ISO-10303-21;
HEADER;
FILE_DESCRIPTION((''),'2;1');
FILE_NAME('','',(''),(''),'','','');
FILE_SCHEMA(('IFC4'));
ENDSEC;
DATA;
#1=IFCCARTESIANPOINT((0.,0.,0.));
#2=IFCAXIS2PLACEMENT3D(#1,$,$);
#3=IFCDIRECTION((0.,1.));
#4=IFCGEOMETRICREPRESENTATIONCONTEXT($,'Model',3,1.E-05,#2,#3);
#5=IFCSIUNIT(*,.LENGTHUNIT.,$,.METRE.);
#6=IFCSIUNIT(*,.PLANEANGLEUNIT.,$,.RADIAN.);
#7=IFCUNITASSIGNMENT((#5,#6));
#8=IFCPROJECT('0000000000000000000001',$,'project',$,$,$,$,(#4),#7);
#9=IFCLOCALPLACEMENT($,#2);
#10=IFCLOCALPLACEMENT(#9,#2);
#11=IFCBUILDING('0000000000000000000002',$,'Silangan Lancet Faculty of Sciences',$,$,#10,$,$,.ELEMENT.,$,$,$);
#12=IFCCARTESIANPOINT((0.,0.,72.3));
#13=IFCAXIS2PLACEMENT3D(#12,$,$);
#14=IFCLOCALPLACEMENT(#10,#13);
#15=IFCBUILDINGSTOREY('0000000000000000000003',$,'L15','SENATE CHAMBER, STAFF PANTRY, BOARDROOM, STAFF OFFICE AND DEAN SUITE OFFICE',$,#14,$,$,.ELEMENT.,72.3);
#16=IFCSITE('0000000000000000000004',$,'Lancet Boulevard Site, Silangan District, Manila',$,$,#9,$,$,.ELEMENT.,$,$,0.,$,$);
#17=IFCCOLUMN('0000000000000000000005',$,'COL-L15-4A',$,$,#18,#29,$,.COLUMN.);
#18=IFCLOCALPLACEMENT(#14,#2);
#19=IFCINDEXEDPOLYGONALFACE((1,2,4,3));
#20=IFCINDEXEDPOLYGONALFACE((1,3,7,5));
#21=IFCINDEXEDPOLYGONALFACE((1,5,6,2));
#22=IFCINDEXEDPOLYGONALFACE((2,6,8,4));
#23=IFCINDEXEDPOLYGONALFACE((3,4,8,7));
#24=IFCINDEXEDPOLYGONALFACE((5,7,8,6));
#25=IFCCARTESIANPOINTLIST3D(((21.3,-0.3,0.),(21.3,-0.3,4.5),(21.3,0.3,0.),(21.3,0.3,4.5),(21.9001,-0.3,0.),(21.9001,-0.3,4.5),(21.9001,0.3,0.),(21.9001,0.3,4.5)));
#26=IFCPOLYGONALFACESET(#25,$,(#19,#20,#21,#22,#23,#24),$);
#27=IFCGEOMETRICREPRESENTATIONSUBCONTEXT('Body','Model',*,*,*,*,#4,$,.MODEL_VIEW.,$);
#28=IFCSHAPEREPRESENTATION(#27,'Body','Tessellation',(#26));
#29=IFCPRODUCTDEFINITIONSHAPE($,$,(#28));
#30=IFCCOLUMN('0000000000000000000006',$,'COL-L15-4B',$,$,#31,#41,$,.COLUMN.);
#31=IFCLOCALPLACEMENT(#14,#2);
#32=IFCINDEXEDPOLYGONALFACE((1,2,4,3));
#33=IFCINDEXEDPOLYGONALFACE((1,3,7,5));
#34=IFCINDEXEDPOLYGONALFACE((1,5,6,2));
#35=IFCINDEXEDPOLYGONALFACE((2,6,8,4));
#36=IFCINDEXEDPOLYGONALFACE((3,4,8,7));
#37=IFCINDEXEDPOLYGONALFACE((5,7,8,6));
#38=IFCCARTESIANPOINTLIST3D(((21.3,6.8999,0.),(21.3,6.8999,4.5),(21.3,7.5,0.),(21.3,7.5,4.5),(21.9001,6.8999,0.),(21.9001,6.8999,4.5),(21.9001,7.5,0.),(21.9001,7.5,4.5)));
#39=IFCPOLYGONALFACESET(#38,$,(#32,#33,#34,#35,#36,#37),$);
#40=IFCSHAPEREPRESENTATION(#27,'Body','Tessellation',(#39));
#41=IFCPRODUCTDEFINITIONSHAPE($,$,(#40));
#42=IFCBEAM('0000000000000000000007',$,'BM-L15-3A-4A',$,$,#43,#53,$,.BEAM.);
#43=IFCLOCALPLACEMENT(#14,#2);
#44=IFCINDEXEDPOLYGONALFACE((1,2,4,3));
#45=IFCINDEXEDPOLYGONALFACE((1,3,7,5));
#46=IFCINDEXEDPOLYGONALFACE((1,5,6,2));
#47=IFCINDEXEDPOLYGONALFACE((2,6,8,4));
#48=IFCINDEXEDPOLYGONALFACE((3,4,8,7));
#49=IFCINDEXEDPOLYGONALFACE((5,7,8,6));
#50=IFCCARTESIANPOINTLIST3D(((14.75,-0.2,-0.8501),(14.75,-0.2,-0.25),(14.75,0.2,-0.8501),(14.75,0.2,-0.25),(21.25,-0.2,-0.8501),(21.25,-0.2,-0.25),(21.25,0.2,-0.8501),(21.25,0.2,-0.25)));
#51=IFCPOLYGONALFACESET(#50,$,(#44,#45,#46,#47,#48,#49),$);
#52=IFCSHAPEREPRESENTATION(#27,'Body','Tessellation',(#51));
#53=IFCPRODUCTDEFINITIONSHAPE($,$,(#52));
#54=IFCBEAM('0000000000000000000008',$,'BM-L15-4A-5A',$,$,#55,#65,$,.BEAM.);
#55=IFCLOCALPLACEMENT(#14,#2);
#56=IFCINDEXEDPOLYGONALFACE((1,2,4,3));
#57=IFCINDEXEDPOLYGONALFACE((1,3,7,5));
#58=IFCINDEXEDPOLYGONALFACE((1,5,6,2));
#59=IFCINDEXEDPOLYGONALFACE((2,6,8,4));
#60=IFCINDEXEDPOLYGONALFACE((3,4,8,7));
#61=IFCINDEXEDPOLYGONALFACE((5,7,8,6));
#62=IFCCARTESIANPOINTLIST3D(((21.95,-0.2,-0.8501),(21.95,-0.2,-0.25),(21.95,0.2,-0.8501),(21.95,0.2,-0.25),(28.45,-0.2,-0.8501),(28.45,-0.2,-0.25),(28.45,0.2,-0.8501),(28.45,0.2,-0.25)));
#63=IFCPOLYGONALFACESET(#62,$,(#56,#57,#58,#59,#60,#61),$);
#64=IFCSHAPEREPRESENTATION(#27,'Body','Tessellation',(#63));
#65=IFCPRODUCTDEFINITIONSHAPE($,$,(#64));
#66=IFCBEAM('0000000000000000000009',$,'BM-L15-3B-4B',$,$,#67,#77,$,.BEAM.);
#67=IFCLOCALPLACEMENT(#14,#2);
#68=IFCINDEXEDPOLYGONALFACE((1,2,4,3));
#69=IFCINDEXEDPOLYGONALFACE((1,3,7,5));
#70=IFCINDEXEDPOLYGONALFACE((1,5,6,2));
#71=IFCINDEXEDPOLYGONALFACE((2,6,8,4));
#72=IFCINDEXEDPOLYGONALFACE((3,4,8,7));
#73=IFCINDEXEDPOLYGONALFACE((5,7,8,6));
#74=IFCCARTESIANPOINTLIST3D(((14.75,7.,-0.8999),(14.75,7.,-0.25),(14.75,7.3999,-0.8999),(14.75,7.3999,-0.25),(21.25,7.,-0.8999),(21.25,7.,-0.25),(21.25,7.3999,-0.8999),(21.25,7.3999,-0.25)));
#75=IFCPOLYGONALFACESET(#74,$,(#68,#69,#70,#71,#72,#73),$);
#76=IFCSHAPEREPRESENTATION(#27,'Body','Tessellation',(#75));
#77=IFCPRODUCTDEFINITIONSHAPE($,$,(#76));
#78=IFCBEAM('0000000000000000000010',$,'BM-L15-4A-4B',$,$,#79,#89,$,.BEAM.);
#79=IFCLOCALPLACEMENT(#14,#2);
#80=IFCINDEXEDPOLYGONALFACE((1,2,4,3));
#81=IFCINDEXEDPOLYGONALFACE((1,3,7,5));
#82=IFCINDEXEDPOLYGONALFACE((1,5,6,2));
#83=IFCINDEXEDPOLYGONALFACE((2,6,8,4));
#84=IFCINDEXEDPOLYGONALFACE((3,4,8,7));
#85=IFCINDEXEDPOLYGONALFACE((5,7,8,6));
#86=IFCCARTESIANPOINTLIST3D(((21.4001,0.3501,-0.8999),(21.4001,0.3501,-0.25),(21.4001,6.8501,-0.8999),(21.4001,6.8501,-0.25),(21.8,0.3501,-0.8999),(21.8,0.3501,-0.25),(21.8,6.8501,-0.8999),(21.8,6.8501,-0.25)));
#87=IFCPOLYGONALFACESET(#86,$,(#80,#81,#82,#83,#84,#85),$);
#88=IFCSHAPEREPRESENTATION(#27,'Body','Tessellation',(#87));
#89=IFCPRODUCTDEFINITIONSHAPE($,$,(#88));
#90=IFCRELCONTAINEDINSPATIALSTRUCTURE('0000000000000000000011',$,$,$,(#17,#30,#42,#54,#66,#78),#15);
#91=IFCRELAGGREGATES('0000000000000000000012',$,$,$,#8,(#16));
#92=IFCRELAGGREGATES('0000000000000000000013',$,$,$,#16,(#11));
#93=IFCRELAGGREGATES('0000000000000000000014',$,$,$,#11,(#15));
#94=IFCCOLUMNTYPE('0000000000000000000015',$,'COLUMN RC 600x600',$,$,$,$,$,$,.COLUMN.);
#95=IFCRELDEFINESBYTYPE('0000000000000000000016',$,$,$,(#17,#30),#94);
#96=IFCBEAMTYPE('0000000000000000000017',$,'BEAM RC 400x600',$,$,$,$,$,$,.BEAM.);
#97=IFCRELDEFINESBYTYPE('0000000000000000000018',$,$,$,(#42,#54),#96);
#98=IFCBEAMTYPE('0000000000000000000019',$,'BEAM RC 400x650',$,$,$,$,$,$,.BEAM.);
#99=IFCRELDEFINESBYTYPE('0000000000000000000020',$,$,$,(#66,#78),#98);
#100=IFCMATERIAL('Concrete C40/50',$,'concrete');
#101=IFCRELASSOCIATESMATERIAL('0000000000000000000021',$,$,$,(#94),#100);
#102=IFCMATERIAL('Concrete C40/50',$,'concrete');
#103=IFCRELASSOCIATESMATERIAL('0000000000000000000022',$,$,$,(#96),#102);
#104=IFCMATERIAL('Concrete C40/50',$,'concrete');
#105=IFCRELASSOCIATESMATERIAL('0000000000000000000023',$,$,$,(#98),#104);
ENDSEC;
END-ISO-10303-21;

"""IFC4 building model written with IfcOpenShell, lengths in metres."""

from ifc_helpers import new_model, si_unit, direction, frame, origin, origin_2d, place, context, subcontext, project, spatial, rectangle, extrude, material, material_profile, profile_set, type_object, element, save


model = new_model("IFC4")

# Units and contexts
model_context = context("Model", 3, precision=1e-05, world=origin(), true_north=direction((0.0, 1.0)))
body_context = subcontext(model_context, "Body", "Model", "MODEL_VIEW")
ifc_project = project(units=[si_unit("LENGTHUNIT", "METRE"), si_unit("PLANEANGLEUNIT", "RADIAN")], contexts=[model_context])

# Site, building, storey
site_placement = place(None, origin())
site = spatial("IfcSite", under=ifc_project, at=site_placement, Name="Lancet Boulevard Site, Silangan District, Manila", CompositionType="ELEMENT", RefElevation=0.0)
building_placement = place(site_placement, origin())
building = spatial("IfcBuilding", under=site, at=building_placement, Name="Silangan Lancet Faculty of Sciences", CompositionType="ELEMENT")
storey_placement = place(building_placement, frame((0.0, 0.0, 72.3)))
storey = spatial("IfcBuildingStorey", under=building, at=storey_placement, Name="L15", Description="SENATE CHAMBER, STAFF PANTRY, BOARDROOM, STAFF OFFICE AND DEAN SUITE OFFICE", CompositionType="ELEMENT", Elevation=72.3)

# Columns
ifc_material_1 = material(Name="Concrete C40/50", Category="concrete")
ifc_material_profile_1 = material_profile(ifc_material_1, rectangle(XDim=0.6001, YDim=0.6001, at=origin_2d()), Name="RC 600x600")
ifc_profile_set_1 = profile_set([ifc_material_profile_1], Name="Concrete C40/50")
column_type = type_object("IfcColumnType", Name="COLUMN RC 600x600", PredefinedType="COLUMN", material=ifc_profile_set_1)
for number, where, z_axis, x_axis, name in (
    (1, (21.6001, 0.0, 0.0), (0.0, 0.0, 1.0), (1.0, 0.0, 0.0), "COL-L15-4A"),
    (2, (21.6001, 7.2, 0.0), (0.0, 0.0, 1.0), (1.0, 0.0, 0.0), "COL-L15-4B"),
):
    element("IfcColumn", number, at=place(storey_placement, frame(where, z_axis=z_axis, x_axis=x_axis)), inside=storey, type_object=column_type, Name=name, PredefinedType="COLUMN", context=body_context, shape_type="SweptSolid", body=[
        extrude(rectangle(XDim=0.6001, YDim=0.6001, at=origin_2d()), origin(), (0.0, 0.0, 1.0), 4.5),
    ])

# Beams
ifc_material_2 = material(Name="Concrete C40/50", Category="concrete")
ifc_material_profile_2 = material_profile(ifc_material_2, rectangle(XDim=0.3999, YDim=0.6001, at=origin_2d()), Name="RC 400x600")
ifc_profile_set_2 = profile_set([ifc_material_profile_2], Name="Concrete C40/50")
beam_type_1 = type_object("IfcBeamType", Name="BEAM RC 400x600", PredefinedType="BEAM", material=ifc_profile_set_2)
for number, where, z_axis, x_axis, name in (
    (3, (14.75, 0.0, -0.55), (1.0, 0.0, 0.0), (0.0, 1.0, 0.0), "BM-L15-3A-4A"),
    (4, (21.95, 0.0, -0.55), (1.0, 0.0, 0.0), (0.0, 1.0, 0.0), "BM-L15-4A-5A"),
):
    element("IfcBeam", number, at=place(storey_placement, frame(where, z_axis=z_axis, x_axis=x_axis)), inside=storey, type_object=beam_type_1, Name=name, PredefinedType="BEAM", context=body_context, shape_type="SweptSolid", body=[
        extrude(rectangle(XDim=0.3999, YDim=0.6001, at=origin_2d()), origin(), (0.0, 0.0, 1.0), 6.5),
    ])
ifc_material_3 = material(Name="Concrete C40/50", Category="concrete")
ifc_material_profile_3 = material_profile(ifc_material_3, rectangle(XDim=0.3999, YDim=0.6499, at=origin_2d()), Name="RC 400x650")
ifc_profile_set_3 = profile_set([ifc_material_profile_3], Name="Concrete C40/50")
beam_type_2 = type_object("IfcBeamType", Name="BEAM RC 400x650", PredefinedType="BEAM", material=ifc_profile_set_3)
for number, where, z_axis, x_axis, name in (
    (5, (14.75, 7.2, -0.575), (1.0, 0.0, 0.0), (0.0, 1.0, 0.0), "BM-L15-3B-4B"),
    (6, (21.6001, 0.3501, -0.575), (0.0, 1.0, 0.0), (-1.0, 0.0, 0.0), "BM-L15-4A-4B"),
):
    element("IfcBeam", number, at=place(storey_placement, frame(where, z_axis=z_axis, x_axis=x_axis)), inside=storey, type_object=beam_type_2, Name=name, PredefinedType="BEAM", context=body_context, shape_type="SweptSolid", body=[
        extrude(rectangle(XDim=0.3999, YDim=0.6499, at=origin_2d()), origin(), (0.0, 0.0, 1.0), 6.5),
    ])

save(model, "model.ifc")
